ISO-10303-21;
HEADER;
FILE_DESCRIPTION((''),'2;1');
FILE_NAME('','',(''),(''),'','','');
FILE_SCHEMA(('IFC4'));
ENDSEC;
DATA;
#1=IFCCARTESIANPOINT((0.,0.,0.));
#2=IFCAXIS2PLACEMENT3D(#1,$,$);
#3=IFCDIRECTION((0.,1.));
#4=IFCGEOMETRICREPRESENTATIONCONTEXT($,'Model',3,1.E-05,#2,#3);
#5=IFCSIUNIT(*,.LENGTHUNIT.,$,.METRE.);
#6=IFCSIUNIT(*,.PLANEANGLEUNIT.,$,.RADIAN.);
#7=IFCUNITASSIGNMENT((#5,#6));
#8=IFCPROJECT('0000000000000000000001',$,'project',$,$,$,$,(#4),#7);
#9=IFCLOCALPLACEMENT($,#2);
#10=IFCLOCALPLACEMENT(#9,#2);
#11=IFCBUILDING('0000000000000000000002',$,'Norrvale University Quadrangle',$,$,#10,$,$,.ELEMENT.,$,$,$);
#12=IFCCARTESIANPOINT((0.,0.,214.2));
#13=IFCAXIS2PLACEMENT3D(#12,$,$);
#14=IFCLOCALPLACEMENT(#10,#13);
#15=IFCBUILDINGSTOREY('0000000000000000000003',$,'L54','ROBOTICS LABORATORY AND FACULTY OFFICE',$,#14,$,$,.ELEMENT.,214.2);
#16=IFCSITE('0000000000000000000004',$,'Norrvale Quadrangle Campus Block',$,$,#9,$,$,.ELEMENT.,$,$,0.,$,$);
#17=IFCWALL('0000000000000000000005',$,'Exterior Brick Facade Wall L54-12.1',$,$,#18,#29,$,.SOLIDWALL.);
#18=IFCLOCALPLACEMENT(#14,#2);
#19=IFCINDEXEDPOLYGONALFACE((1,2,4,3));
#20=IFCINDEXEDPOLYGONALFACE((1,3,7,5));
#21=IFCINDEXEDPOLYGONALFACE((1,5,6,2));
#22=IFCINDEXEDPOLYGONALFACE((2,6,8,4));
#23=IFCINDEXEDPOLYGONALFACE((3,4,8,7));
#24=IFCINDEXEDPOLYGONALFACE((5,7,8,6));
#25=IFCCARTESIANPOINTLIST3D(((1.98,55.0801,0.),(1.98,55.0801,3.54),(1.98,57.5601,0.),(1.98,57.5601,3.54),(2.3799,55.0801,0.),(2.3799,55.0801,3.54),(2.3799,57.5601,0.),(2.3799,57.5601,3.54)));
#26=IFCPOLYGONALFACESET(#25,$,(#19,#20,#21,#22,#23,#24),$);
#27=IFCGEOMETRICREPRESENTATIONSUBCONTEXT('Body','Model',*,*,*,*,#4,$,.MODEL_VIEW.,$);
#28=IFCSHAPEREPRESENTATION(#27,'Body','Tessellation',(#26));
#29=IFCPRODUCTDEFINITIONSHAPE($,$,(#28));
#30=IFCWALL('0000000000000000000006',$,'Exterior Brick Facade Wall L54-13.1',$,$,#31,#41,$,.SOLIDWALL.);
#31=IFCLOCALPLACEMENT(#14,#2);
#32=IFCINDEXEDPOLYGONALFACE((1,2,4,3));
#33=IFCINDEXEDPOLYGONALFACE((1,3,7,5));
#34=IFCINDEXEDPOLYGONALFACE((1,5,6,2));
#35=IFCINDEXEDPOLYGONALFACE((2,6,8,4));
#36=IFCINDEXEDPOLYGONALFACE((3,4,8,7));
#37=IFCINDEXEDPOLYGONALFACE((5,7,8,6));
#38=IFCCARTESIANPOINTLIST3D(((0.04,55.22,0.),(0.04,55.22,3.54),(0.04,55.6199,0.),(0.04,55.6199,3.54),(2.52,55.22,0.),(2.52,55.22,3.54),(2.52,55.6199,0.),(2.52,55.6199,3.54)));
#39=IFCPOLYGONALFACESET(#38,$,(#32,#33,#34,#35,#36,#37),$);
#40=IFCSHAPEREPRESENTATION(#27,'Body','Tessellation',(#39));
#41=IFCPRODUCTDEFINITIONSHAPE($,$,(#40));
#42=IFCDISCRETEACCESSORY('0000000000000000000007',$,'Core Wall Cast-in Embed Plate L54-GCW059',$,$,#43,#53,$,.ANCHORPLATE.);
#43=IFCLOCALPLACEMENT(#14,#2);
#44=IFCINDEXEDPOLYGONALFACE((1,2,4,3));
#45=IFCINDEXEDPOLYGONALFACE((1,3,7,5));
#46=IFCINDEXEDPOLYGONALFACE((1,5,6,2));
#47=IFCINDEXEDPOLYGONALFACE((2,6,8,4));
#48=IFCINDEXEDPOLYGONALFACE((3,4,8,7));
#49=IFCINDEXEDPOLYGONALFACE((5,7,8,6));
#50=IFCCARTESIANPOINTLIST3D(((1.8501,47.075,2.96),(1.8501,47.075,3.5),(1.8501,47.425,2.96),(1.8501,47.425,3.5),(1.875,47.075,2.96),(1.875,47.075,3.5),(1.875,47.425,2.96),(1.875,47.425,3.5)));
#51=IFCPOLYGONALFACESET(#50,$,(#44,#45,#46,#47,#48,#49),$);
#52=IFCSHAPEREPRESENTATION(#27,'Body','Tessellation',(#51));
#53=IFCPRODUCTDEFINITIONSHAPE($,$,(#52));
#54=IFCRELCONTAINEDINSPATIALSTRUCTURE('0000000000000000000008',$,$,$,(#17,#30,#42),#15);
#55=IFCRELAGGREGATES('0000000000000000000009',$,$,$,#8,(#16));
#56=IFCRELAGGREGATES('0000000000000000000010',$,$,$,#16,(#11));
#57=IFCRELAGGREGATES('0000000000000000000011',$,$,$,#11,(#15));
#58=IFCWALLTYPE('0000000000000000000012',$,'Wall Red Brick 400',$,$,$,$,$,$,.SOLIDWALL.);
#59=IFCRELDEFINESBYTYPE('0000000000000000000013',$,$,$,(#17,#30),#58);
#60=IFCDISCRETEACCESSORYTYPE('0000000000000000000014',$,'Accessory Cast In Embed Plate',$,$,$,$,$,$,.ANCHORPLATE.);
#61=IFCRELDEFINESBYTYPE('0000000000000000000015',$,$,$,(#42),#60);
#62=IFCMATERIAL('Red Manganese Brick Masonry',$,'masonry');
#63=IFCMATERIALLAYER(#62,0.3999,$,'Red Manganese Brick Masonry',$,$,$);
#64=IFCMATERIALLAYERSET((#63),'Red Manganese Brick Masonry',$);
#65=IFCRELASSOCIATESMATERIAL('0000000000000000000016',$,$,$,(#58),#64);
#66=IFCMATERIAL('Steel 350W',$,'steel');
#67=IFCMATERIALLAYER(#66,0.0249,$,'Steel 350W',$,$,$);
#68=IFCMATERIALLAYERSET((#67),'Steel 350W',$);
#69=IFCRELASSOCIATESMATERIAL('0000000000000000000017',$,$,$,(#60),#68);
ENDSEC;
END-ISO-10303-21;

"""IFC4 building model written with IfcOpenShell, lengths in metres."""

from ifc_helpers import new_model, si_unit, direction, frame, frame_2d, origin, origin_2d, place, context, subcontext, project, spatial, rectangle, extrude, material, layer, layer_set, type_object, element, save


model = new_model("IFC4")

# Units and contexts
model_context = context("Model", 3, precision=1e-05, world=origin(), true_north=direction((0.0, 1.0)))
body_context = subcontext(model_context, "Body", "Model", "MODEL_VIEW")
ifc_project = project(units=[si_unit("LENGTHUNIT", "METRE"), si_unit("PLANEANGLEUNIT", "RADIAN")], contexts=[model_context])

# Site, building, storey
site_placement = place(None, origin())
site = spatial("IfcSite", under=ifc_project, at=site_placement, Name="Norrvale Quadrangle Campus Block", CompositionType="ELEMENT", RefElevation=0.0)
building_placement = place(site_placement, origin())
building = spatial("IfcBuilding", under=site, at=building_placement, Name="Norrvale University Quadrangle", CompositionType="ELEMENT")
storey_placement = place(building_placement, frame((0.0, 0.0, 214.2)))
storey = spatial("IfcBuildingStorey", under=building, at=storey_placement, Name="L54", Description="ROBOTICS LABORATORY AND FACULTY OFFICE", CompositionType="ELEMENT", Elevation=214.2)

# Shared definitions
ifc_material_1 = material(Name="Steel 350W", Category="steel")

# Walls
ifc_material_2 = material(Name="Red Manganese Brick Masonry", Category="masonry")
ifc_layer_1 = layer(ifc_material_2, 0.3999, Name="Red Manganese Brick Masonry")
ifc_layer_set_1 = layer_set([ifc_layer_1], Name="Red Manganese Brick Masonry")
wall_type_1 = type_object("IfcWallType", Name="Wall Red Brick 400", PredefinedType="SOLIDWALL", material=ifc_layer_set_1)
for number, where, z_axis, x_axis, name in (
    (1, (2.1799, 57.5601, 0.0), (0.0, 0.0, 1.0), (0.0, -1.0, 0.0), "Exterior Brick Facade Wall L54-12.1"),
    (2, (2.52, 55.4199, 0.0), (0.0, 0.0, 1.0), (-1.0, 0.0, 0.0), "Exterior Brick Facade Wall L54-13.1"),
):
    element("IfcWall", number, at=place(storey_placement, frame(where, z_axis=z_axis, x_axis=x_axis)), inside=storey, type_object=wall_type_1, Name=name, PredefinedType="SOLIDWALL", context=body_context, shape_type="SweptSolid", body=[
        extrude(rectangle(XDim=2.48, YDim=0.3999, at=frame_2d((1.24, 0.0))), origin(), (0.0, 0.0, 1.0), 3.54),
    ])

# Discrete accessory
ifc_layer_2 = layer(ifc_material_1, 0.0249, Name="Steel 350W")
ifc_layer_set_2 = layer_set([ifc_layer_2], Name="Steel 350W")
discrete_accessory_type = type_object("IfcDiscreteAccessoryType", Name="Accessory Cast In Embed Plate", PredefinedType="ANCHORPLATE", material=ifc_layer_set_2)
discrete_accessory_placement = place(storey_placement, frame((1.8625, 47.25, 2.96), z_axis=(0.0, 0.0, 1.0), x_axis=(1.0, 0.0, 0.0)))
element("IfcDiscreteAccessory", 3, at=discrete_accessory_placement, inside=storey, type_object=discrete_accessory_type, Name="Core Wall Cast-in Embed Plate L54-GCW059", PredefinedType="ANCHORPLATE", context=body_context, shape_type="SweptSolid", body=[
    extrude(rectangle(XDim=0.0249, YDim=0.3501, at=origin_2d()), origin(), (0.0, 0.0, 1.0), 0.54),
])

save(model, "model.ifc")
